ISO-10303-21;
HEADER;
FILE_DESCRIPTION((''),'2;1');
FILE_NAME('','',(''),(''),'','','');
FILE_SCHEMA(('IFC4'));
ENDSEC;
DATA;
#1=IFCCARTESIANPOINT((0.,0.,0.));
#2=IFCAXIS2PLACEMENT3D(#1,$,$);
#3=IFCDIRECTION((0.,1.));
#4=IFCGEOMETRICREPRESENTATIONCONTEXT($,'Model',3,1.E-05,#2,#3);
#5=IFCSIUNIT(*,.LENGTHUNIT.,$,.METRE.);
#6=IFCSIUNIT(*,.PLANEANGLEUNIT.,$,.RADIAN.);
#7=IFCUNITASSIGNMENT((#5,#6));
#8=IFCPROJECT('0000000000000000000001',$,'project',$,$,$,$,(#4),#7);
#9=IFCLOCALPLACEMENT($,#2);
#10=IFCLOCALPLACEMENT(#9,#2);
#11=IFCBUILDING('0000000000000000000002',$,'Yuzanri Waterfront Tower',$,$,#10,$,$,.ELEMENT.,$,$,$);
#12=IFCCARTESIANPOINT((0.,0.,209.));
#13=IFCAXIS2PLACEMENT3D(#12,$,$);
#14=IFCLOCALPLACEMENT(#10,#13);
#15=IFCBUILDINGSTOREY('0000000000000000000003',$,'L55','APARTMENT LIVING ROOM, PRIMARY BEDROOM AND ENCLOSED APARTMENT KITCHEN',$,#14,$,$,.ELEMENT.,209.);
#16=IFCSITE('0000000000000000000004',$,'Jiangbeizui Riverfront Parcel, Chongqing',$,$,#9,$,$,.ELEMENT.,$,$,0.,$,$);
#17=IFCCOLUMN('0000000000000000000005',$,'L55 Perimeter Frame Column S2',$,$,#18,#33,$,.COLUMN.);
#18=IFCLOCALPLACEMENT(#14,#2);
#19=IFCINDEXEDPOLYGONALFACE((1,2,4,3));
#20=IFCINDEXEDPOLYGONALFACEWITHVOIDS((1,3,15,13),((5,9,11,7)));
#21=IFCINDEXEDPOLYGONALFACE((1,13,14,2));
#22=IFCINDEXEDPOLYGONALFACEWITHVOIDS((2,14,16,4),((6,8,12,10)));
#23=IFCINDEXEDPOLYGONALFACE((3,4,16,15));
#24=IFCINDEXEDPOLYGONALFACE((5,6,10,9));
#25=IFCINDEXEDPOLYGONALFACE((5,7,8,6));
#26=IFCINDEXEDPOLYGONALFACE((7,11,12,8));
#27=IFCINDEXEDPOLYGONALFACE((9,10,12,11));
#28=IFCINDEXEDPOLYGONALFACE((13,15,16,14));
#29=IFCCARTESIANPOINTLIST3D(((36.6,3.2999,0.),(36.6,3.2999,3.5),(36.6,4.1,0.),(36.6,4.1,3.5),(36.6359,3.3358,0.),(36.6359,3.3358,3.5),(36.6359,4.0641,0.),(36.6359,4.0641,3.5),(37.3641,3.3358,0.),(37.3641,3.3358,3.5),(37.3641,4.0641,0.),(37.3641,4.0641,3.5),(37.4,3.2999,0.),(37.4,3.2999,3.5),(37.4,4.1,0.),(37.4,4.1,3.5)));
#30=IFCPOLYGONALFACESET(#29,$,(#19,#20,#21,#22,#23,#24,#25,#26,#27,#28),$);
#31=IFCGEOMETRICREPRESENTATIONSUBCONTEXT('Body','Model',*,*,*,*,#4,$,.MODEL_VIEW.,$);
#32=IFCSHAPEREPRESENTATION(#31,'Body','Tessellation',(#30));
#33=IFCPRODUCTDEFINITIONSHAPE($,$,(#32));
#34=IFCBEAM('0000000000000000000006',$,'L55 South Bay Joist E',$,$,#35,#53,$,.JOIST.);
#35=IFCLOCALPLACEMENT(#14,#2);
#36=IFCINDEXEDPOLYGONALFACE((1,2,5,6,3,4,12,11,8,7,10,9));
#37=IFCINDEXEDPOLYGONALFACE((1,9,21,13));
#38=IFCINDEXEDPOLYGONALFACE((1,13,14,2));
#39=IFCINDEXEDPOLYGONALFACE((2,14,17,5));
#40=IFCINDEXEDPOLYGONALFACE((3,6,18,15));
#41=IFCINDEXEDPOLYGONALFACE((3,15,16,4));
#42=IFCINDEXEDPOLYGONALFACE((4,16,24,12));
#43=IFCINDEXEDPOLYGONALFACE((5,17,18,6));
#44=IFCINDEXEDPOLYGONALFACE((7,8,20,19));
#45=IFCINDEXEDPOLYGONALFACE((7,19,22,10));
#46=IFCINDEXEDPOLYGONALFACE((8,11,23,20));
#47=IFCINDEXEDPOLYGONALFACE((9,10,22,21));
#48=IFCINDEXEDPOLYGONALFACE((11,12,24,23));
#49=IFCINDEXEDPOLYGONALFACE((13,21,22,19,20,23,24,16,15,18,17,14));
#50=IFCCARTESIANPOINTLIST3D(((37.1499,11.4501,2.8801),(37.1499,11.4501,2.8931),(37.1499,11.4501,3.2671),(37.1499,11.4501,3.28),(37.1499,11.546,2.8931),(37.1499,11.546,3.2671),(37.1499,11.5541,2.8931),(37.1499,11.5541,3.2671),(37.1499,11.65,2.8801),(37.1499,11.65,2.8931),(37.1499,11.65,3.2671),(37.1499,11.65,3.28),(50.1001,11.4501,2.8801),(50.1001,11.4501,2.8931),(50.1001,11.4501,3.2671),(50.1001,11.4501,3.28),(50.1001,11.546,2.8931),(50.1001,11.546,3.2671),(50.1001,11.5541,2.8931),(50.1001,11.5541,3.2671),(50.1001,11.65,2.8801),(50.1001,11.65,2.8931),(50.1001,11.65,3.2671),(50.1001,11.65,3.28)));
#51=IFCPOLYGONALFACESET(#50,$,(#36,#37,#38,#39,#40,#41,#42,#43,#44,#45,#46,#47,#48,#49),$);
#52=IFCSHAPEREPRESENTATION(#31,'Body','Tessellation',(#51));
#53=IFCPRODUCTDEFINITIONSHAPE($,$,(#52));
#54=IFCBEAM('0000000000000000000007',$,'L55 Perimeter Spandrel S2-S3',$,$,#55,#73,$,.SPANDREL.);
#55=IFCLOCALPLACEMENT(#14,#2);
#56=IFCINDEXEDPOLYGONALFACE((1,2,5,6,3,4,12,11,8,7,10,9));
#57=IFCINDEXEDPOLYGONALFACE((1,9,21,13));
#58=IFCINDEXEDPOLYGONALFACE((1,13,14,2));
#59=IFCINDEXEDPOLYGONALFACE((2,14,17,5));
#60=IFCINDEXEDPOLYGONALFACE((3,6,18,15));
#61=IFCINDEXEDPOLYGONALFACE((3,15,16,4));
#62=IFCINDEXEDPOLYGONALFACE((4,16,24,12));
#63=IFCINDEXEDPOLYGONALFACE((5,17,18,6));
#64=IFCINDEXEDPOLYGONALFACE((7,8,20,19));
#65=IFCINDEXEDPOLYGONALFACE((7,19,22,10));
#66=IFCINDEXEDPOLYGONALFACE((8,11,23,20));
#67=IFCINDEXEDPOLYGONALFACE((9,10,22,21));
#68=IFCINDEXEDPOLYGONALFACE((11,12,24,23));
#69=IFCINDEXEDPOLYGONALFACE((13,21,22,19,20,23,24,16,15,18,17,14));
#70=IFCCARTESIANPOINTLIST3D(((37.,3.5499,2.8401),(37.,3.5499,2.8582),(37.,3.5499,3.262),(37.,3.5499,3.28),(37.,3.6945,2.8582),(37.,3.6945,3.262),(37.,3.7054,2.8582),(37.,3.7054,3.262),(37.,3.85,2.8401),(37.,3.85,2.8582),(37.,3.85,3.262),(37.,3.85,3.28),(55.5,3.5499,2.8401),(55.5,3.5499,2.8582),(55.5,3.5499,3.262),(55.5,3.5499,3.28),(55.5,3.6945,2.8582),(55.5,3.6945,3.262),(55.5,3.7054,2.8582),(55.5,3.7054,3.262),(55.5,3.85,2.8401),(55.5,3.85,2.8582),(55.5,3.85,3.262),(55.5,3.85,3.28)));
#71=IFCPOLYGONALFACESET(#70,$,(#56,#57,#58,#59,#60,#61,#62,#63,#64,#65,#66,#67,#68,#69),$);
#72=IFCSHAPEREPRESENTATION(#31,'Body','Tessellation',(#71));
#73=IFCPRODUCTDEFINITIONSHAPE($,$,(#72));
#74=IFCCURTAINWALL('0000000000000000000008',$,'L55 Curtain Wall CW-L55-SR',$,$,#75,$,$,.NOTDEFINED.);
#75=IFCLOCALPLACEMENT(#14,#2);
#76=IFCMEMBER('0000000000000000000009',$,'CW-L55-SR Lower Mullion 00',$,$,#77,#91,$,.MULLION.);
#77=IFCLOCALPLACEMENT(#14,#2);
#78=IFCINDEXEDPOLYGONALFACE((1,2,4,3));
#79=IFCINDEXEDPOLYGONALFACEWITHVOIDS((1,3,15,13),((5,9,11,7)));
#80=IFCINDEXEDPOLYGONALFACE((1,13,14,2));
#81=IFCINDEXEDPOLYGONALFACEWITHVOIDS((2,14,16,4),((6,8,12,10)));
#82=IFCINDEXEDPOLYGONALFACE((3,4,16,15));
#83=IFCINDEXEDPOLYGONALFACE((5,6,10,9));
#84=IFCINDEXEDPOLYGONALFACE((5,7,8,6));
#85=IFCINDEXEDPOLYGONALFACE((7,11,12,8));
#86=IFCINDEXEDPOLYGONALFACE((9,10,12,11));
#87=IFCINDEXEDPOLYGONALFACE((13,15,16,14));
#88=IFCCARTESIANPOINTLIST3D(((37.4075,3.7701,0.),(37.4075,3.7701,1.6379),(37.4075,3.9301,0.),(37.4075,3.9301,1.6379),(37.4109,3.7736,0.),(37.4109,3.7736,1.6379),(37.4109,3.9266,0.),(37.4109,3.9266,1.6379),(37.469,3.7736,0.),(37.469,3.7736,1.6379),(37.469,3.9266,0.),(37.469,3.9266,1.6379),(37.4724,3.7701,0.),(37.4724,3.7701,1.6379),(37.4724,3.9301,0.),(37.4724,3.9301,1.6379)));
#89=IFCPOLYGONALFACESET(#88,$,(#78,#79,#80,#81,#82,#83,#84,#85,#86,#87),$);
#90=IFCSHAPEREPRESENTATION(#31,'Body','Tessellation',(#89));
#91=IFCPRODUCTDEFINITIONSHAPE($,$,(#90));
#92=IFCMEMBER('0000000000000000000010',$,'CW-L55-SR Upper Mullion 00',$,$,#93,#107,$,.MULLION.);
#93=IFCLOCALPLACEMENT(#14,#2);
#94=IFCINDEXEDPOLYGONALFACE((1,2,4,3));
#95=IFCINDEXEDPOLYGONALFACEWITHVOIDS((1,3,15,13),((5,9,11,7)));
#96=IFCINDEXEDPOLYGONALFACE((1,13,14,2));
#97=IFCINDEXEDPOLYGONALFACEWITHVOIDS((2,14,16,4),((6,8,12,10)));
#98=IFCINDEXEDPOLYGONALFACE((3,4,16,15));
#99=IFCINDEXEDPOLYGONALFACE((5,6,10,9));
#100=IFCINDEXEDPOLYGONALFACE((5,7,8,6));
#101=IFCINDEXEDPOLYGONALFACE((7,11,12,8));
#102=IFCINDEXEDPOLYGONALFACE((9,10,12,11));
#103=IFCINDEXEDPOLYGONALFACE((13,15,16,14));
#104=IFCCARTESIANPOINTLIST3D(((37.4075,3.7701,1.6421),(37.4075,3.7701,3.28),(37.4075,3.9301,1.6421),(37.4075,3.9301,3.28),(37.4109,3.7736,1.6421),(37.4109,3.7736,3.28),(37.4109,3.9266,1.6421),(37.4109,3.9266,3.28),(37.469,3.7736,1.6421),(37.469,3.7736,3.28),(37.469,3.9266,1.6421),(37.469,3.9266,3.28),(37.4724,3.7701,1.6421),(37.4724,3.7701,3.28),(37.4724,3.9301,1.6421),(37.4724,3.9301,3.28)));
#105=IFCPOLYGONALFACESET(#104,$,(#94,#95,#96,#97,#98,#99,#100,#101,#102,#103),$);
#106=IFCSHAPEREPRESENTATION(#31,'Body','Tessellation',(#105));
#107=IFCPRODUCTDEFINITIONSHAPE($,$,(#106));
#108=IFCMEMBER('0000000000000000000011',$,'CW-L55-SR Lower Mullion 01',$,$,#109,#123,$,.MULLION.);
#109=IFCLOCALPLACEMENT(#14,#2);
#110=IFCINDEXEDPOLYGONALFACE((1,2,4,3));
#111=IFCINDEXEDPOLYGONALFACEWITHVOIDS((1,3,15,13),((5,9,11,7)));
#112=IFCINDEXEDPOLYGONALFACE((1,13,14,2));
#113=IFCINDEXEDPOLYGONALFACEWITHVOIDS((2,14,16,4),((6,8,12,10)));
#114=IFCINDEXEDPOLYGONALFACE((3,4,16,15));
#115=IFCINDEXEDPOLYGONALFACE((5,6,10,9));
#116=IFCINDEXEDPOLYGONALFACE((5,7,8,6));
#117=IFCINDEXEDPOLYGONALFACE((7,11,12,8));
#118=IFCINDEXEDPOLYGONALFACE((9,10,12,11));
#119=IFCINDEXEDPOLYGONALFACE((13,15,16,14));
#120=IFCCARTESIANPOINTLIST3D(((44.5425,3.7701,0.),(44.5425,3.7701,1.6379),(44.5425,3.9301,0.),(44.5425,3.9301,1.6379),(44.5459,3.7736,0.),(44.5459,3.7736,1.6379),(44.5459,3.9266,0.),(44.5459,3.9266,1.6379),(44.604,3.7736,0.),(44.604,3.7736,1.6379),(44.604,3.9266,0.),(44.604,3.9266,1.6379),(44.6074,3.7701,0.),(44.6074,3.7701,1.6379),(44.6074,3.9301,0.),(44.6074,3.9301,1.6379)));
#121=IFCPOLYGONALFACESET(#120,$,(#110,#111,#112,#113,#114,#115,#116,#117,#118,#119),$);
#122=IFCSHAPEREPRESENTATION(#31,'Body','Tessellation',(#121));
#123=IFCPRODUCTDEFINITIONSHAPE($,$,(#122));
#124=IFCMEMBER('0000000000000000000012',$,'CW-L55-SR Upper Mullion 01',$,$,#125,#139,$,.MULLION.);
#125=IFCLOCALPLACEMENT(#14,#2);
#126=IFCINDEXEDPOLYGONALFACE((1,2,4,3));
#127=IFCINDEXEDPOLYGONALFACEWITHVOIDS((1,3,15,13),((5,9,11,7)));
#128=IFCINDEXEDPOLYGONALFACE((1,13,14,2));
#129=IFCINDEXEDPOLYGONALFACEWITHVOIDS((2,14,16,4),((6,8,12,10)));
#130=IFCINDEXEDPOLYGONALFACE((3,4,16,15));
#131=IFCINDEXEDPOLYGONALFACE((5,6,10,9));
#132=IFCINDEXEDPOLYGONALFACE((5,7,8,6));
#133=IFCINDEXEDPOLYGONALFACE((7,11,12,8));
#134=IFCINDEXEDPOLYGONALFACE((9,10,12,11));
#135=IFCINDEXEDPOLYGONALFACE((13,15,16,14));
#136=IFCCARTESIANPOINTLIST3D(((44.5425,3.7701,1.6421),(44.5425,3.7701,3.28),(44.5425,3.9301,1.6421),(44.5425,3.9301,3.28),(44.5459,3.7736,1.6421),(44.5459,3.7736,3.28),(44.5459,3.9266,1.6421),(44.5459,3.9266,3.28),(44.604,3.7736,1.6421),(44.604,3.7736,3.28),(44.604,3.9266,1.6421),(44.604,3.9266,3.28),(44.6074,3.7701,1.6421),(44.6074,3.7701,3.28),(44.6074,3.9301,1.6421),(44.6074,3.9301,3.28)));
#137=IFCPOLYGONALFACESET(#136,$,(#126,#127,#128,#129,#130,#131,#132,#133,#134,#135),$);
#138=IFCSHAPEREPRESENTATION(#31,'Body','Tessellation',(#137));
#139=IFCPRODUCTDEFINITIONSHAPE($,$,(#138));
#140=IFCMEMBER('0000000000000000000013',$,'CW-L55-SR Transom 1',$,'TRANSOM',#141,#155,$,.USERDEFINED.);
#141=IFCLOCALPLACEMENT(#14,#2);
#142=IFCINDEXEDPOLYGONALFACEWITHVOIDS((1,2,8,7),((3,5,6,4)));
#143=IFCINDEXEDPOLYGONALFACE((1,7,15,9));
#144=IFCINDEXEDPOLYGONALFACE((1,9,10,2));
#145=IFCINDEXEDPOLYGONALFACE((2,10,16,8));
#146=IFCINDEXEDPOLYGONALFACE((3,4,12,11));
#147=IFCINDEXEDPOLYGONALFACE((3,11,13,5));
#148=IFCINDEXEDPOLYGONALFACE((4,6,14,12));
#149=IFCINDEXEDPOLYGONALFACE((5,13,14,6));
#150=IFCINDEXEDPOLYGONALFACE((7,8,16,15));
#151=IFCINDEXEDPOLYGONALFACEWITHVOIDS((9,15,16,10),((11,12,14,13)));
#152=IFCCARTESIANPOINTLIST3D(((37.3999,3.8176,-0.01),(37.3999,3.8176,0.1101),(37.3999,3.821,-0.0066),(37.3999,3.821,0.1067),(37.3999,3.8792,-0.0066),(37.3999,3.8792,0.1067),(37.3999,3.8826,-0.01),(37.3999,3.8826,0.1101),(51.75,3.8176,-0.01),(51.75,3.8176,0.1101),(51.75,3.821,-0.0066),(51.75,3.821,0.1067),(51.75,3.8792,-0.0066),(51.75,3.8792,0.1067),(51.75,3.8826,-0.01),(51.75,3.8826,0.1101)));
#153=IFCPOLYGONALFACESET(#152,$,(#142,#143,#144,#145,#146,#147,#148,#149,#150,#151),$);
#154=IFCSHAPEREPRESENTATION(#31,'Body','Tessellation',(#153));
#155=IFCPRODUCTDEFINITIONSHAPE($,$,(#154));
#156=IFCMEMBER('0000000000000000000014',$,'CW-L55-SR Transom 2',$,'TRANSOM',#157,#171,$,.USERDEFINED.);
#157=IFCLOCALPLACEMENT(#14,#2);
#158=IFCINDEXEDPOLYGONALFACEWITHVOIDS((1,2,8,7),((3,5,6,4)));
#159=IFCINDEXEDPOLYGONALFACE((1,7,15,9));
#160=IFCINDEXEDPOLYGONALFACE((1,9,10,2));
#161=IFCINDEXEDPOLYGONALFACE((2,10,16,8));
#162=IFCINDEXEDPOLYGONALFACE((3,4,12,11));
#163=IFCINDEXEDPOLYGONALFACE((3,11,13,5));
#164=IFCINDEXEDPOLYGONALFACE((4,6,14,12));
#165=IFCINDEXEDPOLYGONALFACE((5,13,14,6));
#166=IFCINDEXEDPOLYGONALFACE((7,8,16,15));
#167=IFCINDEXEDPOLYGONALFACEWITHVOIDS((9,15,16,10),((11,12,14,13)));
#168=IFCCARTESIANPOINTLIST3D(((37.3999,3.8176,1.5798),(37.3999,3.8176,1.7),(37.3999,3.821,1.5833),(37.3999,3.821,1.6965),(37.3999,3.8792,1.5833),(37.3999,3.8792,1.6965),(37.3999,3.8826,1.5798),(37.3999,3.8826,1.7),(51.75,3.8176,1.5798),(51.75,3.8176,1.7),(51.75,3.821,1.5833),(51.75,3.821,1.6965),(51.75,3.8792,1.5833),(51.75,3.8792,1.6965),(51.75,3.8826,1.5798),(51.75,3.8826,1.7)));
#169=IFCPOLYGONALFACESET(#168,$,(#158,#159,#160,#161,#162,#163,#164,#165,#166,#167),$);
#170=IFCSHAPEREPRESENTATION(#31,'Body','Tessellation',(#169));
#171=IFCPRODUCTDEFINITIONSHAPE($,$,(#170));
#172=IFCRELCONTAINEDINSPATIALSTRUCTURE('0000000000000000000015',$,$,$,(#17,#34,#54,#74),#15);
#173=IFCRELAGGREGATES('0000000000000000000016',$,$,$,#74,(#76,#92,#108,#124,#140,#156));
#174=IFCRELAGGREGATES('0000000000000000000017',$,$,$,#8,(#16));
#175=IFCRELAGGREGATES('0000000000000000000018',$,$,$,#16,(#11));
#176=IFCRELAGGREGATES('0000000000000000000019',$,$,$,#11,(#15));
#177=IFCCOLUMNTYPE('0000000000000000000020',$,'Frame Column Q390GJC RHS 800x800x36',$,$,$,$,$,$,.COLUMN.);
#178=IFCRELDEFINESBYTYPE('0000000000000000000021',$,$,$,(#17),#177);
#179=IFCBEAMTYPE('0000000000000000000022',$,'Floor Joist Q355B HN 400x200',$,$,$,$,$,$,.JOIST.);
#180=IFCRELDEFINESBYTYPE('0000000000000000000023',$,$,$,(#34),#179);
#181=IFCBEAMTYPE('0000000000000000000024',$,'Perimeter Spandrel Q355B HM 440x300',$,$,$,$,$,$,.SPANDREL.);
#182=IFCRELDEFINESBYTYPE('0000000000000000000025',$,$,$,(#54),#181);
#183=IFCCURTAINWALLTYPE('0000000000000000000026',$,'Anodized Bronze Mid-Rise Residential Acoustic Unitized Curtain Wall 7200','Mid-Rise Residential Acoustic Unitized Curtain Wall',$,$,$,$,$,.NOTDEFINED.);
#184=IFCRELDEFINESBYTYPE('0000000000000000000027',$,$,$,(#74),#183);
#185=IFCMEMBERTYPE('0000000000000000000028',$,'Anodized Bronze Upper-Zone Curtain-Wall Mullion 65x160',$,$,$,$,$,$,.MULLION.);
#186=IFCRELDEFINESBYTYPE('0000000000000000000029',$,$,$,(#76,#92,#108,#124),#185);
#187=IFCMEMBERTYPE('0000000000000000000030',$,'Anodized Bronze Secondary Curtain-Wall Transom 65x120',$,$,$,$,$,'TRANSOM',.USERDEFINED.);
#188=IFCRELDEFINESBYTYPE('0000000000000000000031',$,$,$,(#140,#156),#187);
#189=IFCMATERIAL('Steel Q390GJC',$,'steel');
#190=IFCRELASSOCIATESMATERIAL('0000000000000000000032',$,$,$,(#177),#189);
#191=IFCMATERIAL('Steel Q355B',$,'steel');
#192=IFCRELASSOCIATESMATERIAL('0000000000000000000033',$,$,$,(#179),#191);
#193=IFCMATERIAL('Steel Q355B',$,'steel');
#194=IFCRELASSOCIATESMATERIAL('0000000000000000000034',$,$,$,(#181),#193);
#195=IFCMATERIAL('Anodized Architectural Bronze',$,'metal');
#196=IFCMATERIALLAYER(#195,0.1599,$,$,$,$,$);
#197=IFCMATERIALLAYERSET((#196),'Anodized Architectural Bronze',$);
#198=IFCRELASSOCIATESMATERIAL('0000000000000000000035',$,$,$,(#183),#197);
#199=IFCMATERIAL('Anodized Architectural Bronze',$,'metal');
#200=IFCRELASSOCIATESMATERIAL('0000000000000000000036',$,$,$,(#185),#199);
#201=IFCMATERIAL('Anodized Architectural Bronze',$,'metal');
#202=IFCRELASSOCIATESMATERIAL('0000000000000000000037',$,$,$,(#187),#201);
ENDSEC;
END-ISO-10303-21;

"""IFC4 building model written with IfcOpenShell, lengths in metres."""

from ifc_helpers import new_model, si_unit, direction, frame, origin, origin_2d, place, context, subcontext, project, spatial, hollow_rectangle, i_section, extrude, source, transform, mapped, material, layer, layer_set, material_profile, profile_set, type_object, element, aggregate, save


model = new_model("IFC4")

# Units and contexts
model_context = context("Model", 3, precision=1e-05, world=origin(), true_north=direction((0.0, 1.0)))
body_context = subcontext(model_context, "Body", "Model", "MODEL_VIEW")
ifc_project = project(units=[si_unit("LENGTHUNIT", "METRE"), si_unit("PLANEANGLEUNIT", "RADIAN")], contexts=[model_context])

# Site, building, storey
site_placement = place(None, origin())
site = spatial("IfcSite", under=ifc_project, at=site_placement, Name="Jiangbeizui Riverfront Parcel, Chongqing", CompositionType="ELEMENT", RefElevation=0.0)
building_placement = place(site_placement, origin())
building = spatial("IfcBuilding", under=site, at=building_placement, Name="Yuzanri Waterfront Tower", CompositionType="ELEMENT")
storey_placement = place(building_placement, frame((0.0, 0.0, 209.0)))
storey = spatial("IfcBuildingStorey", under=building, at=storey_placement, Name="L55", Description="APARTMENT LIVING ROOM, PRIMARY BEDROOM AND ENCLOSED APARTMENT KITCHEN", CompositionType="ELEMENT", Elevation=209.0)

# Column
ifc_material_1 = material(Name="Steel Q390GJC", Category="steel")
ifc_material_profile_1 = material_profile(ifc_material_1, hollow_rectangle(XDim=0.8, YDim=0.8, WallThickness=0.0359, at=origin_2d()), Name="RHS 800x800x36")
ifc_profile_set_1 = profile_set([ifc_material_profile_1], Name="Steel Q390GJC")
column_type = type_object("IfcColumnType", Name="Frame Column Q390GJC RHS 800x800x36", PredefinedType="COLUMN", material=ifc_profile_set_1)
shared_shape_1 = source(origin(), body_context, "Body", "SweptSolid", [
    extrude(hollow_rectangle(XDim=0.8, YDim=0.8, WallThickness=0.0359, at=origin_2d()), origin(), (0.0, 0.0, 1.0), 3.5),
])
column_placement = place(storey_placement, frame((37.0, 3.7, 0.0), z_axis=(0.0, 0.0, 1.0), x_axis=(1.0, 0.0, 0.0)))
element("IfcColumn", 1, at=column_placement, inside=storey, type_object=column_type, Name="L55 Perimeter Frame Column S2", PredefinedType="COLUMN", context=body_context, shape_type="MappedRepresentation", body=[
    mapped(shared_shape_1, transform((0.0, 0.0, 0.0), scale=1.0)),
])

# Beams
ifc_material_2 = material(Name="Steel Q355B", Category="steel")
ifc_material_profile_2 = material_profile(ifc_material_2, i_section(OverallWidth=0.2, OverallDepth=0.3999, WebThickness=0.0081, FlangeThickness=0.0129, at=origin_2d()), Name="HN 400x200x8x13")
ifc_profile_set_2 = profile_set([ifc_material_profile_2], Name="Steel Q355B")
beam_type_1 = type_object("IfcBeamType", Name="Floor Joist Q355B HN 400x200", PredefinedType="JOIST", material=ifc_profile_set_2)
shared_shape_2 = source(origin(), body_context, "Body", "SweptSolid", [
    extrude(i_section(OverallWidth=0.2, OverallDepth=0.3999, WebThickness=0.0081, FlangeThickness=0.0129, at=origin_2d()), origin(), (0.0, 0.0, 1.0), 12.9502),
])
beam_1_placement = place(storey_placement, frame((37.1499, 11.55, 3.0801), z_axis=(1.0, 0.0, 0.0), x_axis=(0.0, 1.0, 0.0)))
element("IfcBeam", 2, at=beam_1_placement, inside=storey, type_object=beam_type_1, Name="L55 South Bay Joist E", PredefinedType="JOIST", context=body_context, shape_type="MappedRepresentation", body=[
    mapped(shared_shape_2, transform((0.0, 0.0, 0.0), scale=1.0)),
])
ifc_material_3 = material(Name="Steel Q355B", Category="steel")
ifc_material_profile_3 = material_profile(ifc_material_3, i_section(OverallWidth=0.3, OverallDepth=0.4399, WebThickness=0.011, FlangeThickness=0.0181, at=origin_2d()), Name="HM 440x300x11x18")
ifc_profile_set_3 = profile_set([ifc_material_profile_3], Name="Steel Q355B")
beam_type_2 = type_object("IfcBeamType", Name="Perimeter Spandrel Q355B HM 440x300", PredefinedType="SPANDREL", material=ifc_profile_set_3)
shared_shape_3 = source(origin(), body_context, "Body", "SweptSolid", [
    extrude(i_section(OverallWidth=0.3, OverallDepth=0.4399, WebThickness=0.011, FlangeThickness=0.0181, at=origin_2d()), origin(), (0.0, 0.0, 1.0), 18.5),
])
beam_2_placement = place(storey_placement, frame((37.0, 3.7, 3.0601), z_axis=(1.0, 0.0, 0.0), x_axis=(0.0, 1.0, 0.0)))
element("IfcBeam", 3, at=beam_2_placement, inside=storey, type_object=beam_type_2, Name="L55 Perimeter Spandrel S2-S3", PredefinedType="SPANDREL", context=body_context, shape_type="MappedRepresentation", body=[
    mapped(shared_shape_3, transform((0.0, 0.0, 0.0), scale=1.0)),
])

# Curtain wall, members
ifc_material_4 = material(Name="Anodized Architectural Bronze", Category="metal")
ifc_layer_1 = layer(ifc_material_4, 0.1599)
ifc_layer_set_1 = layer_set([ifc_layer_1], Name="Anodized Architectural Bronze")
curtain_wall_type = type_object("IfcCurtainWallType", Name="Anodized Bronze Mid-Rise Residential Acoustic Unitized Curtain Wall 7200", Description="Mid-Rise Residential Acoustic Unitized Curtain Wall", PredefinedType="NOTDEFINED", material=ifc_layer_set_1)
curtain_wall_placement = place(storey_placement, origin())
curtain_wall = element("IfcCurtainWall", 4, at=curtain_wall_placement, inside=storey, type_object=curtain_wall_type, Name="L55 Curtain Wall CW-L55-SR", PredefinedType="NOTDEFINED")
ifc_material_5 = material(Name="Anodized Architectural Bronze", Category="metal")
ifc_material_profile_4 = material_profile(ifc_material_5, hollow_rectangle(XDim=0.0649, YDim=0.1599, WallThickness=0.0034, at=origin_2d()), Name="CWM 65x160")
ifc_profile_set_4 = profile_set([ifc_material_profile_4], Name="Anodized Architectural Bronze")
member_type_1 = type_object("IfcMemberType", Name="Anodized Bronze Upper-Zone Curtain-Wall Mullion 65x160", PredefinedType="MULLION", material=ifc_profile_set_4)
shared_shape_4 = source(origin(), body_context, "Body", "SweptSolid", [
    extrude(hollow_rectangle(XDim=0.0649, YDim=0.1599, WallThickness=0.0034, at=origin_2d()), origin(), (0.0, 0.0, 1.0), 1.6379),
])
member_1_placement = place(storey_placement, frame((37.4399, 3.8501, 0.0), z_axis=(0.0, 0.0, 1.0), x_axis=(1.0, 0.0, 0.0)))
member_1 = element("IfcMember", 5, at=member_1_placement, type_object=member_type_1, Name="CW-L55-SR Lower Mullion 00", PredefinedType="MULLION", context=body_context, shape_type="MappedRepresentation", body=[
    mapped(shared_shape_4, transform((0.0, 0.0, 0.0), scale=1.0)),
])
member_2_placement = place(storey_placement, frame((37.4399, 3.8501, 1.6421), z_axis=(0.0, 0.0, 1.0), x_axis=(1.0, 0.0, 0.0)))
member_2 = element("IfcMember", 6, at=member_2_placement, type_object=member_type_1, Name="CW-L55-SR Upper Mullion 00", PredefinedType="MULLION", context=body_context, shape_type="MappedRepresentation", body=[
    mapped(shared_shape_4, transform((0.0, 0.0, 0.0), scale=1.0)),
])
member_3_placement = place(storey_placement, frame((44.575, 3.8501, 0.0), z_axis=(0.0, 0.0, 1.0), x_axis=(1.0, 0.0, 0.0)))
member_3 = element("IfcMember", 7, at=member_3_placement, type_object=member_type_1, Name="CW-L55-SR Lower Mullion 01", PredefinedType="MULLION", context=body_context, shape_type="MappedRepresentation", body=[
    mapped(shared_shape_4, transform((0.0, 0.0, 0.0), scale=1.0)),
])
member_4_placement = place(storey_placement, frame((44.575, 3.8501, 1.6421), z_axis=(0.0, 0.0, 1.0), x_axis=(1.0, 0.0, 0.0)))
member_4 = element("IfcMember", 8, at=member_4_placement, type_object=member_type_1, Name="CW-L55-SR Upper Mullion 01", PredefinedType="MULLION", context=body_context, shape_type="MappedRepresentation", body=[
    mapped(shared_shape_4, transform((0.0, 0.0, 0.0), scale=1.0)),
])
ifc_material_6 = material(Name="Anodized Architectural Bronze", Category="metal")
ifc_material_profile_5 = material_profile(ifc_material_6, hollow_rectangle(XDim=0.0649, YDim=0.1201, WallThickness=0.0034, at=origin_2d()), Name="CWT 65x120")
ifc_profile_set_5 = profile_set([ifc_material_profile_5], Name="Anodized Architectural Bronze")
member_type_2 = type_object("IfcMemberType", Name="Anodized Bronze Secondary Curtain-Wall Transom 65x120", ElementType="TRANSOM", PredefinedType="USERDEFINED", material=ifc_profile_set_5)
shared_shape_5 = source(origin(), body_context, "Body", "SweptSolid", [
    extrude(hollow_rectangle(XDim=0.0649, YDim=0.1201, WallThickness=0.0034, at=origin_2d()), origin(), (0.0, 0.0, 1.0), 14.3501),
])
member_5_placement = place(storey_placement, frame((37.3999, 3.8501, 0.05), z_axis=(1.0, 0.0, 0.0), x_axis=(0.0, 1.0, 0.0)))
member_5 = element("IfcMember", 9, at=member_5_placement, type_object=member_type_2, Name="CW-L55-SR Transom 1", ObjectType="TRANSOM", PredefinedType="USERDEFINED", context=body_context, shape_type="MappedRepresentation", body=[
    mapped(shared_shape_5, transform((0.0, 0.0, 0.0), scale=1.0)),
])
member_6_placement = place(storey_placement, frame((37.3999, 3.8501, 1.6399), z_axis=(1.0, 0.0, 0.0), x_axis=(0.0, 1.0, 0.0)))
member_6 = element("IfcMember", 10, at=member_6_placement, type_object=member_type_2, Name="CW-L55-SR Transom 2", ObjectType="TRANSOM", PredefinedType="USERDEFINED", context=body_context, shape_type="MappedRepresentation", body=[
    mapped(shared_shape_5, transform((0.0, 0.0, 0.0), scale=1.0)),
])
aggregate(curtain_wall, [member_1, member_2, member_3, member_4, member_5, member_6])

save(model, "model.ifc")
